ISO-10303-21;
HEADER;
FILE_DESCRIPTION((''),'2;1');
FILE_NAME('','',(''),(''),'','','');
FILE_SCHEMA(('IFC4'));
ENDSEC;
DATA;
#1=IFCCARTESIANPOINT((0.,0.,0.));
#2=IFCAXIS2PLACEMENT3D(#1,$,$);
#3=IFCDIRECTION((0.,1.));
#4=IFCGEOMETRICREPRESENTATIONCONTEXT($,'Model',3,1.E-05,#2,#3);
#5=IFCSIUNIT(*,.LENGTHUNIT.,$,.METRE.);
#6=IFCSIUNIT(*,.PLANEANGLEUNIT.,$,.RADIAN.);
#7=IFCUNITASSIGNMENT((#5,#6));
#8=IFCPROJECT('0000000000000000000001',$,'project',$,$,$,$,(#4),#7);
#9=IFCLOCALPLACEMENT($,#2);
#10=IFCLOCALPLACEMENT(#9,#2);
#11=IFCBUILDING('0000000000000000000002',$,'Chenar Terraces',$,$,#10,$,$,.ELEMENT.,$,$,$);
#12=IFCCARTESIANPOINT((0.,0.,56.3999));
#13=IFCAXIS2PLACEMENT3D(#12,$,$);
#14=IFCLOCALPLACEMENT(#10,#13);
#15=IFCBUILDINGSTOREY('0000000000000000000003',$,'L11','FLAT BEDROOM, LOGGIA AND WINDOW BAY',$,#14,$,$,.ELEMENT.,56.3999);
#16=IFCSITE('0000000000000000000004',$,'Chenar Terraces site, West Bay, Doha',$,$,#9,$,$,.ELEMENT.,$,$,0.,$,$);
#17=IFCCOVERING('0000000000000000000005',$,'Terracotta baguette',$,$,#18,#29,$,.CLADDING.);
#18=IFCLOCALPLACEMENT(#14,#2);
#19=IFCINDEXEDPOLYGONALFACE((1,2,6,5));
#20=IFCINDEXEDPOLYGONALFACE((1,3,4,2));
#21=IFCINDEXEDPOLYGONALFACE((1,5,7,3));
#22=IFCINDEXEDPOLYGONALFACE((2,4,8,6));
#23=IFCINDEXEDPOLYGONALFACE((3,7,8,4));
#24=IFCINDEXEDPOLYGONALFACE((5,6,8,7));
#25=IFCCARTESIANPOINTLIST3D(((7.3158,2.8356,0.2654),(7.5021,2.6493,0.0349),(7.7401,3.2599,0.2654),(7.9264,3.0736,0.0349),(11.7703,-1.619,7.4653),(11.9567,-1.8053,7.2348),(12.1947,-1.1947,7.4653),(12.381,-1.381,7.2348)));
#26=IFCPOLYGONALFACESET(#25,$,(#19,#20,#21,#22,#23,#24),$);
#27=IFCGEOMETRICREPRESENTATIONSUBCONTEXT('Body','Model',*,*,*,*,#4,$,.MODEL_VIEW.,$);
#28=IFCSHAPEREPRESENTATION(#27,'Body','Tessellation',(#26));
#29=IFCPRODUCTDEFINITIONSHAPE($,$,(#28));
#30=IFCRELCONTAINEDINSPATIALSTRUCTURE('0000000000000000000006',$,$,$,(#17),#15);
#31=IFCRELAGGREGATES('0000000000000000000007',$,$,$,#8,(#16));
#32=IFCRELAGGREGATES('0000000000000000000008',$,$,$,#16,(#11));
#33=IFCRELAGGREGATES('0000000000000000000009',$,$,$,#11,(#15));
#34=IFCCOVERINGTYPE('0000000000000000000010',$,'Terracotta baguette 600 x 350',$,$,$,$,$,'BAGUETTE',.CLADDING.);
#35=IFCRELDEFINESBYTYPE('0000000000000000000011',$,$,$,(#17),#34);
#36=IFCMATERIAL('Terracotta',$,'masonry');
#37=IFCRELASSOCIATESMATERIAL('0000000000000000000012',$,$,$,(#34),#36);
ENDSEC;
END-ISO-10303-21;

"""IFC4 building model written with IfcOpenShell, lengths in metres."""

from ifc_helpers import new_model, si_unit, direction, frame, origin, origin_2d, place, context, subcontext, project, spatial, rectangle, extrude, material, material_profile, profile_set, type_object, element, save


model = new_model("IFC4")

# Units and contexts
model_context = context("Model", 3, precision=1e-05, world=origin(), true_north=direction((0.0, 1.0)))
body_context = subcontext(model_context, "Body", "Model", "MODEL_VIEW")
ifc_project = project(units=[si_unit("LENGTHUNIT", "METRE"), si_unit("PLANEANGLEUNIT", "RADIAN")], contexts=[model_context])

# Site, building, storey
site_placement = place(None, origin())
site = spatial("IfcSite", under=ifc_project, at=site_placement, Name="Chenar Terraces site, West Bay, Doha", CompositionType="ELEMENT", RefElevation=0.0)
building_placement = place(site_placement, origin())
building = spatial("IfcBuilding", under=site, at=building_placement, Name="Chenar Terraces", CompositionType="ELEMENT")
storey_placement = place(building_placement, frame((0.0, 0.0, 56.3999)))
storey = spatial("IfcBuildingStorey", under=building, at=storey_placement, Name="L11", Description="FLAT BEDROOM, LOGGIA AND WINDOW BAY", CompositionType="ELEMENT", Elevation=56.3999)

# Covering
ifc_material_1 = material(Name="Terracotta", Category="masonry")
ifc_material_profile = material_profile(ifc_material_1, rectangle(XDim=0.6001, YDim=0.3501, at=origin_2d()), Name="Terracotta baguette 600 x 350")
ifc_profile_set = profile_set([ifc_material_profile], Name="Terracotta")
covering_type = type_object("IfcCoveringType", Name="Terracotta baguette 600 x 350", ElementType="BAGUETTE", PredefinedType="CLADDING", material=ifc_profile_set)
covering_1_placement = place(storey_placement, frame((7.6211, 2.9546, 0.1501), z_axis=(0.465624, -0.465624, 0.752588), x_axis=(0.707107, 0.707107, 0.0)))
element("IfcCovering", 1, at=covering_1_placement, inside=storey, type_object=covering_type, Name="Terracotta baguette", PredefinedType="CLADDING", context=body_context, shape_type="SweptSolid", body=[
    extrude(rectangle(XDim=0.6001, YDim=0.3501, at=origin_2d()), origin(), (0.0, 0.0, 1.0), 9.5669),
])

save(model, "model.ifc")
